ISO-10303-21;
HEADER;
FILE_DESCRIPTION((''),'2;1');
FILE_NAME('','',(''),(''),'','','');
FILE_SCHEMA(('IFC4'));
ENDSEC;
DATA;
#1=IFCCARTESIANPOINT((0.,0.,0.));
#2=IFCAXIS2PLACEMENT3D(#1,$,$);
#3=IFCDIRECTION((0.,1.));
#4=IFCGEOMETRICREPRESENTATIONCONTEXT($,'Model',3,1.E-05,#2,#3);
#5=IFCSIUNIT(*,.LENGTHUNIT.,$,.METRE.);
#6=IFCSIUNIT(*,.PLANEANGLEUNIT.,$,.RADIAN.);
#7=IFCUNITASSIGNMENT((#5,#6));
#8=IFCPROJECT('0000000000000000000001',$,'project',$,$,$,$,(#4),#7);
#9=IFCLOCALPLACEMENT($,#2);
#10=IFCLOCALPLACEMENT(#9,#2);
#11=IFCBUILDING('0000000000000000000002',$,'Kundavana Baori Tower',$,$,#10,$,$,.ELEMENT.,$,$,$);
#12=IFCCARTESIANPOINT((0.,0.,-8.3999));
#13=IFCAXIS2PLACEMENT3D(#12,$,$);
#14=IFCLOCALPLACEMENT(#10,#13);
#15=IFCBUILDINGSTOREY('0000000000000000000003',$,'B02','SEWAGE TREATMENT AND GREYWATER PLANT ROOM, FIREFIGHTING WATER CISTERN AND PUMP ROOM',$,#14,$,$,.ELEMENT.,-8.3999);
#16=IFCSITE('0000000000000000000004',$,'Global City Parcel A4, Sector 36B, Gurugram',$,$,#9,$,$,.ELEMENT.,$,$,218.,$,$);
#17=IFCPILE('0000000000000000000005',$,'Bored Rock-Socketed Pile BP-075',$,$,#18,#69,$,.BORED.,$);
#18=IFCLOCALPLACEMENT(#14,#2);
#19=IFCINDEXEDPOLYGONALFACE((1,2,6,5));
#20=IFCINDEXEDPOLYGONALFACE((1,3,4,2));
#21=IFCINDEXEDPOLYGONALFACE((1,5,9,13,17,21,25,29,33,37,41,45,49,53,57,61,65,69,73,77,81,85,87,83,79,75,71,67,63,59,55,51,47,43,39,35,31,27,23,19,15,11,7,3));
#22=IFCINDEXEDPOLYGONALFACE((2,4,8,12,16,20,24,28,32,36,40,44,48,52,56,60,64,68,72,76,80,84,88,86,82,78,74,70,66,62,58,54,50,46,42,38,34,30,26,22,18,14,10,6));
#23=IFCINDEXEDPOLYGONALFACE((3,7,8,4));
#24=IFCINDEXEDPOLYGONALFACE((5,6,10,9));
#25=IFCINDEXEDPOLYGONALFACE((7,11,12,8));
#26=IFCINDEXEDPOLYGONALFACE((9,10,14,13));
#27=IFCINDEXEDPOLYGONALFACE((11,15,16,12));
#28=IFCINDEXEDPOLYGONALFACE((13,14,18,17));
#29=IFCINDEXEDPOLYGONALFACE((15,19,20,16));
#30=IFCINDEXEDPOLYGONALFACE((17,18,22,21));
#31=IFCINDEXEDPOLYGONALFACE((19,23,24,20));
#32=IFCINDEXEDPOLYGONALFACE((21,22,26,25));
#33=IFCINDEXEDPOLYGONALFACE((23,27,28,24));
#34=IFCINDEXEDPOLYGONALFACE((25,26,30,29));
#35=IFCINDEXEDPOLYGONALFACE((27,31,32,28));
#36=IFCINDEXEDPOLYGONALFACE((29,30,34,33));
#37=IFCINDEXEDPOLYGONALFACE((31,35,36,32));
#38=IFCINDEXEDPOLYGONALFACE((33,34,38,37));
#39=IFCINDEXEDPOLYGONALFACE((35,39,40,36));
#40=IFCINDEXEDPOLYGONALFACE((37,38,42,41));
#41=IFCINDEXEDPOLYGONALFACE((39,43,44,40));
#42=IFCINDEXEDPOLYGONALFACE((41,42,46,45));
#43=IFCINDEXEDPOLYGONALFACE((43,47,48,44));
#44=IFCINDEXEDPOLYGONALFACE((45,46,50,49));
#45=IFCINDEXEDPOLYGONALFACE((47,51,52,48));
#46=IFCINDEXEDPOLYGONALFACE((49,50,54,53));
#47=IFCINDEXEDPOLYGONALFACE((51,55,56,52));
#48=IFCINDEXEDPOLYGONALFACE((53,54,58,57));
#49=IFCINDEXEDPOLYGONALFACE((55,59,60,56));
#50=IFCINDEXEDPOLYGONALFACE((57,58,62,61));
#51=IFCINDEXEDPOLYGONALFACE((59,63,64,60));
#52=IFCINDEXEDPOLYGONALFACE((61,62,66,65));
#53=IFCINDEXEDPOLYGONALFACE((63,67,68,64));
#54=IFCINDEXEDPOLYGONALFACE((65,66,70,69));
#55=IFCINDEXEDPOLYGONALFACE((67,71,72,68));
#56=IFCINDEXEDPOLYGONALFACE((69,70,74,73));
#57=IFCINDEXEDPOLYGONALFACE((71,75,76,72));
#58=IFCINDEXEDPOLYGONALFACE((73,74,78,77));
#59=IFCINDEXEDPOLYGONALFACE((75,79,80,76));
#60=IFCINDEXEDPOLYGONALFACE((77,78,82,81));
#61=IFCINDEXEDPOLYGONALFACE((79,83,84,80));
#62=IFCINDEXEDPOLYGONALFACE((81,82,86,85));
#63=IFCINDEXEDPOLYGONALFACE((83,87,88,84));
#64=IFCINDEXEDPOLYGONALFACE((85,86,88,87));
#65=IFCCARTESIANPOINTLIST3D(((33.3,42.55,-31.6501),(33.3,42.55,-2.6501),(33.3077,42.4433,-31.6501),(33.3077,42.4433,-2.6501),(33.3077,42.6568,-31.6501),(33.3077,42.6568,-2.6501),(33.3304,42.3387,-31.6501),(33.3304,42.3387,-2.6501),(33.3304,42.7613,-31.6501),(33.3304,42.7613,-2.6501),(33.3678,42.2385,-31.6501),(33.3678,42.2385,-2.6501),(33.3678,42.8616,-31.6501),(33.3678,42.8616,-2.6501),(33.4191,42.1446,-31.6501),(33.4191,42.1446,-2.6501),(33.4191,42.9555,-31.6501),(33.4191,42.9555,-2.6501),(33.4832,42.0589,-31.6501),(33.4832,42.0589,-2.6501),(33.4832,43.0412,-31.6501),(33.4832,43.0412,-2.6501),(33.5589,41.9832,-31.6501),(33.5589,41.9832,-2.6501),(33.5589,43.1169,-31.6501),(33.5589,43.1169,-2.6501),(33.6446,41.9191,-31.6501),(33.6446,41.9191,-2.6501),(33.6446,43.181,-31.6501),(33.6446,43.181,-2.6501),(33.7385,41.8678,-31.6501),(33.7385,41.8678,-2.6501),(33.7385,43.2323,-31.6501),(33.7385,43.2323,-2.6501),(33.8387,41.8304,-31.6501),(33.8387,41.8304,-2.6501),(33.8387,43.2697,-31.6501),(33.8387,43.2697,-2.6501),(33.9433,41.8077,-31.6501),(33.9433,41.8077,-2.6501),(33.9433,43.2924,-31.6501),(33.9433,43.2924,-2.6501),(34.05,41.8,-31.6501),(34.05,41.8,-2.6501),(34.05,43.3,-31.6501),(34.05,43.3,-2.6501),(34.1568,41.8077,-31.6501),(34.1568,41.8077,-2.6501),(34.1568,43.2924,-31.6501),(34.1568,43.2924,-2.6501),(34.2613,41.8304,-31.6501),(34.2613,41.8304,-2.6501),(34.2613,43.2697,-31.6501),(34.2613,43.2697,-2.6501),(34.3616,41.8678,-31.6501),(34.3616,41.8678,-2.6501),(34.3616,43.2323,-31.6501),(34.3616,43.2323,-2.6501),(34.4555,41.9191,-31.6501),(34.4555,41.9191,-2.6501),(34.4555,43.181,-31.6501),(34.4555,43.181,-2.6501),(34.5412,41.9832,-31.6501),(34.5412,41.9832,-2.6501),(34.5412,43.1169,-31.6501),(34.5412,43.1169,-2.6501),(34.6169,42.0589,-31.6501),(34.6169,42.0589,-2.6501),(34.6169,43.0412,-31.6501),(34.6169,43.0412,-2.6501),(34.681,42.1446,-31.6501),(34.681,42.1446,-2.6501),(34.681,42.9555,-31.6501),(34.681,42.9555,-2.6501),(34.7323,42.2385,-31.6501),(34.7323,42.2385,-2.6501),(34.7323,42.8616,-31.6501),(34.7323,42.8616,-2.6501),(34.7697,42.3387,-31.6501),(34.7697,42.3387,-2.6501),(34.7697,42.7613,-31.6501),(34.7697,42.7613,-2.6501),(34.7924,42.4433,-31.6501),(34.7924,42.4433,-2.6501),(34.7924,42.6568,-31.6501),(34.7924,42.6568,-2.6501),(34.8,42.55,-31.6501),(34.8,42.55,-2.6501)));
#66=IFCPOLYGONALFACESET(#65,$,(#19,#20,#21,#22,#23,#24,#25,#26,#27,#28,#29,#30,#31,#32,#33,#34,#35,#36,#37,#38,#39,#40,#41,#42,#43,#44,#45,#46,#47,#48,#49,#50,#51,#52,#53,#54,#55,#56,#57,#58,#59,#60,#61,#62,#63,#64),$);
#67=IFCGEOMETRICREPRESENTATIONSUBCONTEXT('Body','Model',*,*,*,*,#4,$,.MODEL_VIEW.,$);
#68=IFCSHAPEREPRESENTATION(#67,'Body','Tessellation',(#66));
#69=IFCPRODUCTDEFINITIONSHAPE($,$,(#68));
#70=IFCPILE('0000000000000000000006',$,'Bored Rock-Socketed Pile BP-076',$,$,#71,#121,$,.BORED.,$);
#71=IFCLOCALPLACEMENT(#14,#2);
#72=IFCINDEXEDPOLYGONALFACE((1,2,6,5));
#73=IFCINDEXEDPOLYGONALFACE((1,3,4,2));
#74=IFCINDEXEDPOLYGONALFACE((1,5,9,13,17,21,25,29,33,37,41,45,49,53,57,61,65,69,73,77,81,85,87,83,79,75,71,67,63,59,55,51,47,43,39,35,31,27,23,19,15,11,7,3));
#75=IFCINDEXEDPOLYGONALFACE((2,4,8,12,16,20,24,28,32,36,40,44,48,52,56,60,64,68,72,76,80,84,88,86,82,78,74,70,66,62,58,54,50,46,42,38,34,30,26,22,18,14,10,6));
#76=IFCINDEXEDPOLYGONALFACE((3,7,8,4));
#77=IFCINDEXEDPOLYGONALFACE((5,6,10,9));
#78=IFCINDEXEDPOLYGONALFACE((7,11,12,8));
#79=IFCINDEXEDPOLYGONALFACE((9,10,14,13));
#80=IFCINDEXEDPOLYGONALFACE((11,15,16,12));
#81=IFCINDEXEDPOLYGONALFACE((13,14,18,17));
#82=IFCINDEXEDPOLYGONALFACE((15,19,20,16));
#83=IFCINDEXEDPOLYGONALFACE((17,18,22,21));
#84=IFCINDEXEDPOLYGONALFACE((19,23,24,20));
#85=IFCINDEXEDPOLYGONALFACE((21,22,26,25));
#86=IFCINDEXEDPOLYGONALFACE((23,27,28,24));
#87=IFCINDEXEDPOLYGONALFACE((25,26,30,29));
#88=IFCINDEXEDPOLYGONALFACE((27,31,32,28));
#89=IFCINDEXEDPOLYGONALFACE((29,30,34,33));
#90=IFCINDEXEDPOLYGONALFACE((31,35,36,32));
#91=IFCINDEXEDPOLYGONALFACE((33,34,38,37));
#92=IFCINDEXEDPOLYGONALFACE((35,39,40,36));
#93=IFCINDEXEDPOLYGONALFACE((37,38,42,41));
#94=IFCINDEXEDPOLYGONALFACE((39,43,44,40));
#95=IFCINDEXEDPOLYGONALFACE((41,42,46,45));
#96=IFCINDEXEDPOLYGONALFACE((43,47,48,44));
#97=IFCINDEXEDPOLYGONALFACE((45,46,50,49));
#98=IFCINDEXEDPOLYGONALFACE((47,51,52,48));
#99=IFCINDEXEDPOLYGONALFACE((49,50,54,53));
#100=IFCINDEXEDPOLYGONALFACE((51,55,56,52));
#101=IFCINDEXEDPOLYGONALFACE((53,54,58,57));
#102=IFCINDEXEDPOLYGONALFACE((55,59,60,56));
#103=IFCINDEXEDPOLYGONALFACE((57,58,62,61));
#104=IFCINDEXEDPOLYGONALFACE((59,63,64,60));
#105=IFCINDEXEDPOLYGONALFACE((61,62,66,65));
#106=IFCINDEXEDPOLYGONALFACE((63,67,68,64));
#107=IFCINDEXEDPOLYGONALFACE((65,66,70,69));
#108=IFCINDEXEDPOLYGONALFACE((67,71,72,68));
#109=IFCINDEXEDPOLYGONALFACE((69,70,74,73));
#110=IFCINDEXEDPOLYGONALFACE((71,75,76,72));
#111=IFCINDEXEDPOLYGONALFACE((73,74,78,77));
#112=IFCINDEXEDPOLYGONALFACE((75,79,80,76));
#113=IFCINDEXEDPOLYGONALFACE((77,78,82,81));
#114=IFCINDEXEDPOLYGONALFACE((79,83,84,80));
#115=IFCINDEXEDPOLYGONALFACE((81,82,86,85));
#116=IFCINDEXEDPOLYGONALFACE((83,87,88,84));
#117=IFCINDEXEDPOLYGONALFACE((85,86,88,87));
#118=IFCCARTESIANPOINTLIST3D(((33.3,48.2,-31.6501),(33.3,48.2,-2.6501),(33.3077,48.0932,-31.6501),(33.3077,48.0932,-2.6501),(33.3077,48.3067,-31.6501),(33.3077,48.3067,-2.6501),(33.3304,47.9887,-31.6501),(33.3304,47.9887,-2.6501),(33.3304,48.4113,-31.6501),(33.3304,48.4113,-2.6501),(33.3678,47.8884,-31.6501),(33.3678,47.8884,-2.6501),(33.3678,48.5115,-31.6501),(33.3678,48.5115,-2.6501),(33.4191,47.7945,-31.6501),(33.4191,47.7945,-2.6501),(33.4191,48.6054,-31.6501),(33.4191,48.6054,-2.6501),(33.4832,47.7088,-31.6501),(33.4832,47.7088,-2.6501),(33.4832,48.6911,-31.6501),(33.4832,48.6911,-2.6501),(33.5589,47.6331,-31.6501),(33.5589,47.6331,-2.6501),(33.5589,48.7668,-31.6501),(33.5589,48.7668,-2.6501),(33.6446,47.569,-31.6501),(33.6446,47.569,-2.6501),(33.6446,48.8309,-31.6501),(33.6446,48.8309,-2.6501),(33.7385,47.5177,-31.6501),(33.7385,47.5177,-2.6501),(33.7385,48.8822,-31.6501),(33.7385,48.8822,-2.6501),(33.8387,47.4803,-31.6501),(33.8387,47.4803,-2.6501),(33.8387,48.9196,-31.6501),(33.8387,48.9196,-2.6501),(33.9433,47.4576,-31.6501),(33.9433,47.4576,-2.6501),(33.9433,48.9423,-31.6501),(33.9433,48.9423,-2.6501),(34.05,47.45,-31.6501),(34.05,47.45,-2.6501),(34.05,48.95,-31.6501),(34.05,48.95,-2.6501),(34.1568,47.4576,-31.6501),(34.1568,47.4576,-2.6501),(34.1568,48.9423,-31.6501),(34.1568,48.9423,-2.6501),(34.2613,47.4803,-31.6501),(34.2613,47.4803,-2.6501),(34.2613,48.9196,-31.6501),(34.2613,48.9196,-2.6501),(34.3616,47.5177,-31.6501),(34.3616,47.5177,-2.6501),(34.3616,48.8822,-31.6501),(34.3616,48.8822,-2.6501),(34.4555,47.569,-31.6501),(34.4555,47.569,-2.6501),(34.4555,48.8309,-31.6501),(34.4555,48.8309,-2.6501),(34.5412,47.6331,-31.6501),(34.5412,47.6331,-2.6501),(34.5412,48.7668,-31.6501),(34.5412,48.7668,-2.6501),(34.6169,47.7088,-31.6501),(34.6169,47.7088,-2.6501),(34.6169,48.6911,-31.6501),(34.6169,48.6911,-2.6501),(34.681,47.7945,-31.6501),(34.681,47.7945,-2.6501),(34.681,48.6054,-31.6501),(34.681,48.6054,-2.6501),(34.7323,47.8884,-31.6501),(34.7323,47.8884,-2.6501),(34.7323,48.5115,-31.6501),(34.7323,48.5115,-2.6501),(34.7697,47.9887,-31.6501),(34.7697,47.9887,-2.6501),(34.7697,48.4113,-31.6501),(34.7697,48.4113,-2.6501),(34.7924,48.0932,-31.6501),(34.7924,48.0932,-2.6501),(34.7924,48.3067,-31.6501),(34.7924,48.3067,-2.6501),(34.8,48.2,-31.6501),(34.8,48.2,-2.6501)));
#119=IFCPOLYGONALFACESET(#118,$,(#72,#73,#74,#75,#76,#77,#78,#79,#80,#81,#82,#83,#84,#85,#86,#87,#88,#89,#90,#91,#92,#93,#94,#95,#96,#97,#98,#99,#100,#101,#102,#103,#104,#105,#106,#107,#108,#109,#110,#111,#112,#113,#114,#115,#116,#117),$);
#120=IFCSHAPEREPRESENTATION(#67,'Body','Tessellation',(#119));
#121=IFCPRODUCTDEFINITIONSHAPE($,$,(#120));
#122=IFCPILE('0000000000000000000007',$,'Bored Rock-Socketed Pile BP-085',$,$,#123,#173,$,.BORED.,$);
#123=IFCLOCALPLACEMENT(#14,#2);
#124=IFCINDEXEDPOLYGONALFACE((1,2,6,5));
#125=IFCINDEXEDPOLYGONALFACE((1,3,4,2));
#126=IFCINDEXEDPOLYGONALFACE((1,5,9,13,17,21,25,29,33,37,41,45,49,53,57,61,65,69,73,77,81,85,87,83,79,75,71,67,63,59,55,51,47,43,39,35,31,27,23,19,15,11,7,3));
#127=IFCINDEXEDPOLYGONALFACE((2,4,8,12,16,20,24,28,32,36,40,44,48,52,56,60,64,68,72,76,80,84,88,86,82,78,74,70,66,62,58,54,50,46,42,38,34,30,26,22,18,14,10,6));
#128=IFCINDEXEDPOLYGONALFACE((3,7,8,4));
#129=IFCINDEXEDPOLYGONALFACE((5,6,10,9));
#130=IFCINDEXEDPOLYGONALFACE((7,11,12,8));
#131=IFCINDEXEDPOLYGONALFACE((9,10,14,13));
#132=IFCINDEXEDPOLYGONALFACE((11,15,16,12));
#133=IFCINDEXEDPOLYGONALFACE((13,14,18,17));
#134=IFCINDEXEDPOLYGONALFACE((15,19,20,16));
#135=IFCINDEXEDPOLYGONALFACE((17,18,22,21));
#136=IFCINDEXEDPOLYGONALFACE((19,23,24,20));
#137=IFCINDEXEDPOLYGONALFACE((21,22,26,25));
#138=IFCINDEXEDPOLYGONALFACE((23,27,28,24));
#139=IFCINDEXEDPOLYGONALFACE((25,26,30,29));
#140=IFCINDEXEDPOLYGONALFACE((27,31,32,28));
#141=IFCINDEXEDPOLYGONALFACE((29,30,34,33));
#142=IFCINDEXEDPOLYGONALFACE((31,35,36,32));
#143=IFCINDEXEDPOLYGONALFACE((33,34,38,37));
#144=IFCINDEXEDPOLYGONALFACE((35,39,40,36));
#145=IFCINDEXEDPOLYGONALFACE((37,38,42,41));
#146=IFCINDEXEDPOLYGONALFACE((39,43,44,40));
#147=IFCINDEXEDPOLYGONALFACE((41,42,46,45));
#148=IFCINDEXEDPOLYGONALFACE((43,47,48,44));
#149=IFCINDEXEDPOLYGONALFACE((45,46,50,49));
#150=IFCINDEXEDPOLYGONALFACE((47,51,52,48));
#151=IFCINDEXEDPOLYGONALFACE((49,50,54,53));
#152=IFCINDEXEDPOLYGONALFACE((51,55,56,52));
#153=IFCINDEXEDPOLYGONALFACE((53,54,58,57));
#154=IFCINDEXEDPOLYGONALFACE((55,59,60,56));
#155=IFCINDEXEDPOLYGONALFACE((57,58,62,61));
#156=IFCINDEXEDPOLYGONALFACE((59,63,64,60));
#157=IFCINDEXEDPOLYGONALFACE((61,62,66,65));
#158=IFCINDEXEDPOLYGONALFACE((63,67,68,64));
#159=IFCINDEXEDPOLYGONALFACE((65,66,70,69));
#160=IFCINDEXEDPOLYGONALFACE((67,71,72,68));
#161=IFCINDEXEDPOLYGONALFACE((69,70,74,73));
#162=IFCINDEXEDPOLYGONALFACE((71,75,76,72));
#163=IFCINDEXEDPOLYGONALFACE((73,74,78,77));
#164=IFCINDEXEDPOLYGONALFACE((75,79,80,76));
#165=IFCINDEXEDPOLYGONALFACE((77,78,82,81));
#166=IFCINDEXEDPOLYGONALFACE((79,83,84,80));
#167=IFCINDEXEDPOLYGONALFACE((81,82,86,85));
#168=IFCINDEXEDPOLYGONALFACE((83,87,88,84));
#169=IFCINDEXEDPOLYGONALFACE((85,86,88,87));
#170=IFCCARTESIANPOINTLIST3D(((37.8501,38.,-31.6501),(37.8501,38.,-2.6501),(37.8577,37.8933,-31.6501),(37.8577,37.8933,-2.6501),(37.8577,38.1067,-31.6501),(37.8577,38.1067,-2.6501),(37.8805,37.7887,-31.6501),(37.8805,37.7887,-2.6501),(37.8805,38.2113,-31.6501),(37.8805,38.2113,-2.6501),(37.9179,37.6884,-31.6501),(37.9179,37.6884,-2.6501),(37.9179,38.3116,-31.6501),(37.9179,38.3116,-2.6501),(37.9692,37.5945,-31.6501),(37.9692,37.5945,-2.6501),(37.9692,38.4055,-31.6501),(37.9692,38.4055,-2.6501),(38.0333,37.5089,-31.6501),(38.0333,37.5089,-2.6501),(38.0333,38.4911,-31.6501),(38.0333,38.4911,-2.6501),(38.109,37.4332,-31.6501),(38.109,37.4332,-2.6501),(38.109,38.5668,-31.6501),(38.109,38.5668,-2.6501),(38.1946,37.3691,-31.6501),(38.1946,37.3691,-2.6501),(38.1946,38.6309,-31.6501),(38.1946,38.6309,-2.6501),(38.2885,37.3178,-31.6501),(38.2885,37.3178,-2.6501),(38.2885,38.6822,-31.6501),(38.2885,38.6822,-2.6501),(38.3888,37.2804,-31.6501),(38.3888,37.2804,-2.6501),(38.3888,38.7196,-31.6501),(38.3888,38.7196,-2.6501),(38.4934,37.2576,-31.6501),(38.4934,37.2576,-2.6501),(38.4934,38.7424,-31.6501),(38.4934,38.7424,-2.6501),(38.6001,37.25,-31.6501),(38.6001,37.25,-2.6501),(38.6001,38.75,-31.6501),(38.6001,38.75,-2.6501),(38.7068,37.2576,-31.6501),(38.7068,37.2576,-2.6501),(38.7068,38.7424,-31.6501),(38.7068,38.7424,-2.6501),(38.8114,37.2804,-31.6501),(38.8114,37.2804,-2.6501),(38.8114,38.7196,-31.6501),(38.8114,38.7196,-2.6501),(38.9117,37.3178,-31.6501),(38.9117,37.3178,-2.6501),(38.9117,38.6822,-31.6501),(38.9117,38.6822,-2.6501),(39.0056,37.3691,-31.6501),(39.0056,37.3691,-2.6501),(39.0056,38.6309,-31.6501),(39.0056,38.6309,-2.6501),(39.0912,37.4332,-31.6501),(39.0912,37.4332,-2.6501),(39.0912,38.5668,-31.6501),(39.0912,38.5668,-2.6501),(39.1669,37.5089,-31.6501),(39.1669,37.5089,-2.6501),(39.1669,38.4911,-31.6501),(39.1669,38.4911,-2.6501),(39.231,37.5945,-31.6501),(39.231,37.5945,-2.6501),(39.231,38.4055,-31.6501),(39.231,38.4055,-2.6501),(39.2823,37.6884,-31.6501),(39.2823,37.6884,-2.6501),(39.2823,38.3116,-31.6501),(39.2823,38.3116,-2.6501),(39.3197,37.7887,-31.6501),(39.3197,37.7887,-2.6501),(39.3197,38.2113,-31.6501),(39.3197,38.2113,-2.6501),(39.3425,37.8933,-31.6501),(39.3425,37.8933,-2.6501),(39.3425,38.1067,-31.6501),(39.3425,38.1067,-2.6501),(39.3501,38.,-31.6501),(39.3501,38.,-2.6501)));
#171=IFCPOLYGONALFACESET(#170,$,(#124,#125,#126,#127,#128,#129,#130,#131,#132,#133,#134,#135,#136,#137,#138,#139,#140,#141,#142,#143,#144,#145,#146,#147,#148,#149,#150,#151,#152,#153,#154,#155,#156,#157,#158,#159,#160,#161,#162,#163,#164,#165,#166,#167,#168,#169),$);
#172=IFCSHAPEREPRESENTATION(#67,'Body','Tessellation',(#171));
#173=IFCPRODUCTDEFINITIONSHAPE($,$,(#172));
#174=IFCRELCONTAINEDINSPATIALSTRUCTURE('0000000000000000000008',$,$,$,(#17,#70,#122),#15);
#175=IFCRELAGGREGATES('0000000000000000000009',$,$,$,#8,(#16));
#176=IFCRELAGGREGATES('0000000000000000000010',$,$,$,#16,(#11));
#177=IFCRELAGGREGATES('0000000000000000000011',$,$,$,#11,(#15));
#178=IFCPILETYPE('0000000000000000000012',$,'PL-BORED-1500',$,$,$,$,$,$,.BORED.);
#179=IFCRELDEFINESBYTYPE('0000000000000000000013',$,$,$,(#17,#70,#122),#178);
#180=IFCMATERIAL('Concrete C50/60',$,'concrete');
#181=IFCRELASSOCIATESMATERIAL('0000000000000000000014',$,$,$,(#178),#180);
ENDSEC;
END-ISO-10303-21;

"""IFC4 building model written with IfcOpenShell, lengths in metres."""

from ifc_helpers import new_model, si_unit, direction, frame, origin, origin_2d, place, context, subcontext, project, spatial, circle, extrude, material, material_profile, profile_set, type_object, element, save


model = new_model("IFC4")

# Units and contexts
model_context = context("Model", 3, precision=1e-05, world=origin(), true_north=direction((0.0, 1.0)))
body_context = subcontext(model_context, "Body", "Model", "MODEL_VIEW")
ifc_project = project(units=[si_unit("LENGTHUNIT", "METRE"), si_unit("PLANEANGLEUNIT", "RADIAN")], contexts=[model_context])

# Site, building, storey
site_placement = place(None, origin())
site = spatial("IfcSite", under=ifc_project, at=site_placement, Name="Global City Parcel A4, Sector 36B, Gurugram", CompositionType="ELEMENT", RefElevation=218.0)
building_placement = place(site_placement, origin())
building = spatial("IfcBuilding", under=site, at=building_placement, Name="Kundavana Baori Tower", CompositionType="ELEMENT")
storey_placement = place(building_placement, frame((0.0, 0.0, -8.3999)))
storey = spatial("IfcBuildingStorey", under=building, at=storey_placement, Name="B02", Description="SEWAGE TREATMENT AND GREYWATER PLANT ROOM, FIREFIGHTING WATER CISTERN AND PUMP ROOM", CompositionType="ELEMENT", Elevation=-8.3999)

# Piles
ifc_material_1 = material(Name="Concrete C50/60", Category="concrete")
ifc_material_profile_1 = material_profile(ifc_material_1, circle(Radius=0.75, at=origin_2d()), Name="BORED PILE D1500")
ifc_profile_set_1 = profile_set([ifc_material_profile_1], Name="Concrete C50/60")
pile_type_1 = type_object("IfcPileType", Name="PL-BORED-1500", PredefinedType="BORED", material=ifc_profile_set_1)
for number, where, z_axis, x_axis, name in (
    (1, (34.05, 42.55, -2.6501), (0.0, 0.0, -1.0), (1.0, 0.0, 0.0), "Bored Rock-Socketed Pile BP-075"),
    (2, (34.05, 48.2, -2.6501), (0.0, 0.0, -1.0), (1.0, 0.0, 0.0), "Bored Rock-Socketed Pile BP-076"),
    (3, (38.6001, 38.0, -2.6501), (0.0, 0.0, -1.0), (1.0, 0.0, 0.0), "Bored Rock-Socketed Pile BP-085"),
):
    element("IfcPile", number, at=place(storey_placement, frame(where, z_axis=z_axis, x_axis=x_axis)), inside=storey, type_object=pile_type_1, Name=name, PredefinedType="BORED", context=body_context, shape_type="SweptSolid", body=[
        extrude(circle(Radius=0.75, at=origin_2d()), origin(), (0.0, 0.0, 1.0), 29.0),
    ])

save(model, "model.ifc")
